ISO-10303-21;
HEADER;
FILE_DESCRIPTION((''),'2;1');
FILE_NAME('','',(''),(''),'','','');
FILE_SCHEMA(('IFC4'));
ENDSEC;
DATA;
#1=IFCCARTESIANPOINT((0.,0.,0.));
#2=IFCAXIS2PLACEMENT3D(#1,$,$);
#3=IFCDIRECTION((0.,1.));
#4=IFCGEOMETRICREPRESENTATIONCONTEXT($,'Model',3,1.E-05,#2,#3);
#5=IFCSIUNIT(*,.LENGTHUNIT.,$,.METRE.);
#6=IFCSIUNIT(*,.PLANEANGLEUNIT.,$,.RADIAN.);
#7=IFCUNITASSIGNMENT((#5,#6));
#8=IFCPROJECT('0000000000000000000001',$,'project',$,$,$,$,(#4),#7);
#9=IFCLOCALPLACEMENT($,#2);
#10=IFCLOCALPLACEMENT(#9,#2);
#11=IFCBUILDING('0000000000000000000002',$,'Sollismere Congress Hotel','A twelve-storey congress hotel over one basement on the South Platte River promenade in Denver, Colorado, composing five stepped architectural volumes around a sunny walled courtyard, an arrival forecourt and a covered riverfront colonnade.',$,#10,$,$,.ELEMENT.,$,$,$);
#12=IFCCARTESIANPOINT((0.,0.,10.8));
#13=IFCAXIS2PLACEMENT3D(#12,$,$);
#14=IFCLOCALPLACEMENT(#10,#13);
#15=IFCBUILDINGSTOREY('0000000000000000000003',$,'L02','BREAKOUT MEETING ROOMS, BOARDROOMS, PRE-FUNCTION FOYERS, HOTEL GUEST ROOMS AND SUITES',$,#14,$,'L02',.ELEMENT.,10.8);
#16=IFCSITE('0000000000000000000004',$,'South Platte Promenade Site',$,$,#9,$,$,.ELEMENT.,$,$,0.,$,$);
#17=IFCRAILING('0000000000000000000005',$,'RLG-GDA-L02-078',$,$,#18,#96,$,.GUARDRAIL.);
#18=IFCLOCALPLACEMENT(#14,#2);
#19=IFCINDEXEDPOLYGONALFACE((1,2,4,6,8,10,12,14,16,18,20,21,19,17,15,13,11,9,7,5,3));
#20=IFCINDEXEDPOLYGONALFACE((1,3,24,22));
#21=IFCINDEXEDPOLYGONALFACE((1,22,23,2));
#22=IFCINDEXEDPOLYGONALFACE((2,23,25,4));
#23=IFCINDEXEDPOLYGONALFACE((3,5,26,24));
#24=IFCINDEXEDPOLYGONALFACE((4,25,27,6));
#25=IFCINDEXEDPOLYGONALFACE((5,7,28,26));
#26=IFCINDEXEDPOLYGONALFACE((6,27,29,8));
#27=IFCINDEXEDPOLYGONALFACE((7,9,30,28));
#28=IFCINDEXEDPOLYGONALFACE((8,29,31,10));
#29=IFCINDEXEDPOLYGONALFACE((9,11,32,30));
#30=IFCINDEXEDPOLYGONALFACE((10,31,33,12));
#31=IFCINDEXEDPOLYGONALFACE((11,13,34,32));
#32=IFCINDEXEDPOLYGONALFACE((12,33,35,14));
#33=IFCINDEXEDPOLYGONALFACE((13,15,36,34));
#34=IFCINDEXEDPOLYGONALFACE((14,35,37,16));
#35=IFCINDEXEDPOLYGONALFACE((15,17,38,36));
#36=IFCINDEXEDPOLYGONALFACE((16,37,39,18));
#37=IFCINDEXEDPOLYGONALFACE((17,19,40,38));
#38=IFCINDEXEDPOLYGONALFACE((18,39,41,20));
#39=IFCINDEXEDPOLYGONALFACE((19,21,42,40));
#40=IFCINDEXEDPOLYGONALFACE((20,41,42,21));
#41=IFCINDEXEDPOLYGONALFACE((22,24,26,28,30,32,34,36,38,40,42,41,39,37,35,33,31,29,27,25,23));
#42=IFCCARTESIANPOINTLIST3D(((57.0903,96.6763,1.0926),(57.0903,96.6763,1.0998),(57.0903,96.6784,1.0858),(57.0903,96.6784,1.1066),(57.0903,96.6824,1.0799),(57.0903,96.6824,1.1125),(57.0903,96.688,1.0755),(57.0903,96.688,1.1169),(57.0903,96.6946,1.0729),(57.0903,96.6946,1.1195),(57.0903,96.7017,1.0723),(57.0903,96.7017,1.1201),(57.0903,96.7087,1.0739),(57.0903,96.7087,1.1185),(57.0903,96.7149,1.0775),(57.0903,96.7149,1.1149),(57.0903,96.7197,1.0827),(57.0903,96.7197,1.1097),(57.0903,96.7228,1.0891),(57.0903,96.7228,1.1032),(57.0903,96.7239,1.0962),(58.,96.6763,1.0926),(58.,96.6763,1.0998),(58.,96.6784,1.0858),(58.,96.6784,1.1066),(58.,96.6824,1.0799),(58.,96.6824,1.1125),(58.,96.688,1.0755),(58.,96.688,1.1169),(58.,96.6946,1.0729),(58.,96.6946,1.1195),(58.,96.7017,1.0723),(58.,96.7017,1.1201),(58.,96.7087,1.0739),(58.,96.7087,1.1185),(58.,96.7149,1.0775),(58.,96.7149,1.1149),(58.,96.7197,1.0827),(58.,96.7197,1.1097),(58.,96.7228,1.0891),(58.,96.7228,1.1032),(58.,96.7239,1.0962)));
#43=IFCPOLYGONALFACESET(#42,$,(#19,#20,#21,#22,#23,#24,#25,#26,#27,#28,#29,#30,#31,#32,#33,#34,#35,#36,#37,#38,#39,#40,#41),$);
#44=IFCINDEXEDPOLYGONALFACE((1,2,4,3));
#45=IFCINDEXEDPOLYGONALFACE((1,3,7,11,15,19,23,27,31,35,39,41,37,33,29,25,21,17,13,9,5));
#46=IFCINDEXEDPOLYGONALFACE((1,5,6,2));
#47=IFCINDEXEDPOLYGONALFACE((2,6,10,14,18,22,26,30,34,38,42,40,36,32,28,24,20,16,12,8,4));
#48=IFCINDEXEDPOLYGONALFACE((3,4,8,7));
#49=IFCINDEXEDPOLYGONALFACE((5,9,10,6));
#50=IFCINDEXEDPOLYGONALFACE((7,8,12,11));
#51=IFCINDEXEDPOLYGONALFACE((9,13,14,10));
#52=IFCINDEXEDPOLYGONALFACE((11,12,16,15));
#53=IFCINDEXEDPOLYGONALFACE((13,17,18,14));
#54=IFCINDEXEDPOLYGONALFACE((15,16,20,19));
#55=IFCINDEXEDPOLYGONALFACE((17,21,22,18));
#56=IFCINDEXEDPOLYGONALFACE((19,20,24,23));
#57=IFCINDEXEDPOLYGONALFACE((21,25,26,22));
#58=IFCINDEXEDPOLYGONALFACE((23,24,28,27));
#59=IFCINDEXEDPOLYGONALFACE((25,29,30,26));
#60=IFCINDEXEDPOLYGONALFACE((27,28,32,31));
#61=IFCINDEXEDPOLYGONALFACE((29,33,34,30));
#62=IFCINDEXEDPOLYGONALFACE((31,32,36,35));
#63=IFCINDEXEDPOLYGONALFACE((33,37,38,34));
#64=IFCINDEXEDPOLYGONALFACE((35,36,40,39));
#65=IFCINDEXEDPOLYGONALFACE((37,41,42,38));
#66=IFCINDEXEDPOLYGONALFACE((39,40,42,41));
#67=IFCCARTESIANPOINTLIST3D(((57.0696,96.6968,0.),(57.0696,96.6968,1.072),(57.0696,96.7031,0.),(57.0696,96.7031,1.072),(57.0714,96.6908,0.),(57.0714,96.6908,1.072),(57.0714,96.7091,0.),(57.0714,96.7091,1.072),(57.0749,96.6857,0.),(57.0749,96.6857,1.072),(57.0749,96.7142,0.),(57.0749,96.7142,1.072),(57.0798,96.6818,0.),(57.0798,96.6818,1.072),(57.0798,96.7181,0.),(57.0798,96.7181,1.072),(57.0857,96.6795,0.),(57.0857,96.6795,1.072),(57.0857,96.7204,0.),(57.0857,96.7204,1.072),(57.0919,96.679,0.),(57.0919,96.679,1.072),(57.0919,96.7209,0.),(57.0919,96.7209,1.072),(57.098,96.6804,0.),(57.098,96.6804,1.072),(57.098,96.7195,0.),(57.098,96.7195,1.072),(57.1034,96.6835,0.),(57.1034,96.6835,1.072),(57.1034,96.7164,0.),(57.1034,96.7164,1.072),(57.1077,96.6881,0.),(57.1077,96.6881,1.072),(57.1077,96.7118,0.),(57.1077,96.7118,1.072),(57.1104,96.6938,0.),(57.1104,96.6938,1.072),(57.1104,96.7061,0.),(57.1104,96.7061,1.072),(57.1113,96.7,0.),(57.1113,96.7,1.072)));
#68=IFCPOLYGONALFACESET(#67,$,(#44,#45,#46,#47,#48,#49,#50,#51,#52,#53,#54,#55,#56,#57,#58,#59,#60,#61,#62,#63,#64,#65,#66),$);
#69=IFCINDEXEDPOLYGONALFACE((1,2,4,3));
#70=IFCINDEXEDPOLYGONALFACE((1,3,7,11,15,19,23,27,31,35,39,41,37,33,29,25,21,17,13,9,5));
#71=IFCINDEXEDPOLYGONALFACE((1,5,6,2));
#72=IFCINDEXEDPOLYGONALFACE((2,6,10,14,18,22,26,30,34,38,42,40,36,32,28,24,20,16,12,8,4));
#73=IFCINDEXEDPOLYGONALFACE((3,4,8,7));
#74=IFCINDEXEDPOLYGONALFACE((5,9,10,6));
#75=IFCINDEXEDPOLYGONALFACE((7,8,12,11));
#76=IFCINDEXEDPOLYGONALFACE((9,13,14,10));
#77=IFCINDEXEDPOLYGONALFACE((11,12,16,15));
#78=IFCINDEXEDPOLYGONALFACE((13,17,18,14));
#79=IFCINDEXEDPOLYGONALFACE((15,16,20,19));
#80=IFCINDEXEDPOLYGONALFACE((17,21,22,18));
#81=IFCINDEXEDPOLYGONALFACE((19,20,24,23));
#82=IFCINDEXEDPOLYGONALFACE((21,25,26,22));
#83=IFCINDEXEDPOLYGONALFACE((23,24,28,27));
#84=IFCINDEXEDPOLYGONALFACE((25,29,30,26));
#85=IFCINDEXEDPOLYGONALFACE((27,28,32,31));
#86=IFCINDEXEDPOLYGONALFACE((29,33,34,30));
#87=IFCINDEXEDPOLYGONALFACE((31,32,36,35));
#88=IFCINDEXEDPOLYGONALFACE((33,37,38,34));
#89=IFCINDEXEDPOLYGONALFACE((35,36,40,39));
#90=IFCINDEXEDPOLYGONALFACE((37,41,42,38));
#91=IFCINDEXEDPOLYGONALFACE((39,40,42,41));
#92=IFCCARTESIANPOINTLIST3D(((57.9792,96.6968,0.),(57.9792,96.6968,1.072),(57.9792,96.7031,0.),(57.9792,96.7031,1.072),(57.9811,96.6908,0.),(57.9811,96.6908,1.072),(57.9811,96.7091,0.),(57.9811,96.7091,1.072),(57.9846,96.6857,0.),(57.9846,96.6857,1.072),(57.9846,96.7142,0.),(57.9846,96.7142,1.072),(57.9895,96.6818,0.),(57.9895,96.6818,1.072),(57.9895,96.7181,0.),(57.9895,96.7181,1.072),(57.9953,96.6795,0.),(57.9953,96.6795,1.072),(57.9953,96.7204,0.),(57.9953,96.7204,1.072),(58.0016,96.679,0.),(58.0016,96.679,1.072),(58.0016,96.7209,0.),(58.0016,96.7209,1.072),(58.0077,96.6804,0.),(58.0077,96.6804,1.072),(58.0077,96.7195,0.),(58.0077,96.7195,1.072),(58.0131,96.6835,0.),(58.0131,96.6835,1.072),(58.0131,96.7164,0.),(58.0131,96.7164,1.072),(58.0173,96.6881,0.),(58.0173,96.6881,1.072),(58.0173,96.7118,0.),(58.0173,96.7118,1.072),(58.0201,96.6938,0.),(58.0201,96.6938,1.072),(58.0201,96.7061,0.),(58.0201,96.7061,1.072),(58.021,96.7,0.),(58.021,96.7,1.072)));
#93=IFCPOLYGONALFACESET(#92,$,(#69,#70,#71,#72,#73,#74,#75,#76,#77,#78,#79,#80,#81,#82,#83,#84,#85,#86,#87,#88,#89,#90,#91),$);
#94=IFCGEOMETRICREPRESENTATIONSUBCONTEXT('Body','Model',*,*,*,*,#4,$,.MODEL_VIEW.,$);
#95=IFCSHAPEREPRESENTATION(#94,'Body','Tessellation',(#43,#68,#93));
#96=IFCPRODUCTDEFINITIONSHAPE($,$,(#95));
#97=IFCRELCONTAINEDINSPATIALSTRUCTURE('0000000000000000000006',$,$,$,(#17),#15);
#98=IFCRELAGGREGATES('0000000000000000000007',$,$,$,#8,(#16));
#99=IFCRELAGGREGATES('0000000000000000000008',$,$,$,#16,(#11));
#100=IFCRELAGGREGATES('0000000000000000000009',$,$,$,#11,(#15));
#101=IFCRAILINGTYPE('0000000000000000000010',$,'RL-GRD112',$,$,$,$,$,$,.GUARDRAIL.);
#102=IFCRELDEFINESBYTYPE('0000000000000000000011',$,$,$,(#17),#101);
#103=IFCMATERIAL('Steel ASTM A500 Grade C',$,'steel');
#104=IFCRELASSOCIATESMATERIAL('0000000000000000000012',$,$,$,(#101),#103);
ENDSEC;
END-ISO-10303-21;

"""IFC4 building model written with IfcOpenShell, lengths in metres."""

from ifc_helpers import new_model, si_unit, direction, frame, origin, origin_2d, place, context, subcontext, project, spatial, circle, extrude, material, type_object, element, save


model = new_model("IFC4")

# Units and contexts
model_context = context("Model", 3, precision=1e-05, world=origin(), true_north=direction((0.0, 1.0)))
body_context = subcontext(model_context, "Body", "Model", "MODEL_VIEW")
ifc_project = project(units=[si_unit("LENGTHUNIT", "METRE"), si_unit("PLANEANGLEUNIT", "RADIAN")], contexts=[model_context])

# Site, building, storey
site_placement = place(None, origin())
site = spatial("IfcSite", under=ifc_project, at=site_placement, Name="South Platte Promenade Site", CompositionType="ELEMENT", RefElevation=0.0)
building_placement = place(site_placement, origin())
building = spatial("IfcBuilding", under=site, at=building_placement, Name="Sollismere Congress Hotel", Description="A twelve-storey congress hotel over one basement on the South Platte River promenade in Denver, Colorado, composing five stepped architectural volumes around a sunny walled courtyard, an arrival forecourt and a covered riverfront colonnade.", CompositionType="ELEMENT")
storey_placement = place(building_placement, frame((0.0, 0.0, 10.8)))
storey = spatial("IfcBuildingStorey", under=building, at=storey_placement, Name="L02", Description="BREAKOUT MEETING ROOMS, BOARDROOMS, PRE-FUNCTION FOYERS, HOTEL GUEST ROOMS AND SUITES", LongName="L02", CompositionType="ELEMENT", Elevation=10.8)

# Shared definitions
ifc_material_1 = material(Name="Steel ASTM A500 Grade C", Category="steel")

# Railing
railing_type = type_object("IfcRailingType", Name="RL-GRD112", PredefinedType="GUARDRAIL", material=ifc_material_1)
railing_1_placement = place(storey_placement, frame((57.0903, 96.7, 0.0)))
element("IfcRailing", 1, at=railing_1_placement, inside=storey, type_object=railing_type, Name="RLG-GDA-L02-078", PredefinedType="GUARDRAIL", context=body_context, shape_type="SweptSolid", body=[
    extrude(circle(Radius=0.0239, at=origin_2d()), frame((0.0, 0.0, 1.0962), z_axis=(1.0, 0.0, 0.0), x_axis=(0.0, 1.0, 0.0)), (0.0, 0.0, 1.0), 0.9097),
    extrude(circle(Radius=0.021, at=origin_2d()), origin(), (0.0, 0.0, 1.0), 1.072),
    extrude(circle(Radius=0.021, at=origin_2d()), frame((0.9097, 0.0, 0.0)), (0.0, 0.0, 1.0), 1.072),
])

save(model, "model.ifc")
